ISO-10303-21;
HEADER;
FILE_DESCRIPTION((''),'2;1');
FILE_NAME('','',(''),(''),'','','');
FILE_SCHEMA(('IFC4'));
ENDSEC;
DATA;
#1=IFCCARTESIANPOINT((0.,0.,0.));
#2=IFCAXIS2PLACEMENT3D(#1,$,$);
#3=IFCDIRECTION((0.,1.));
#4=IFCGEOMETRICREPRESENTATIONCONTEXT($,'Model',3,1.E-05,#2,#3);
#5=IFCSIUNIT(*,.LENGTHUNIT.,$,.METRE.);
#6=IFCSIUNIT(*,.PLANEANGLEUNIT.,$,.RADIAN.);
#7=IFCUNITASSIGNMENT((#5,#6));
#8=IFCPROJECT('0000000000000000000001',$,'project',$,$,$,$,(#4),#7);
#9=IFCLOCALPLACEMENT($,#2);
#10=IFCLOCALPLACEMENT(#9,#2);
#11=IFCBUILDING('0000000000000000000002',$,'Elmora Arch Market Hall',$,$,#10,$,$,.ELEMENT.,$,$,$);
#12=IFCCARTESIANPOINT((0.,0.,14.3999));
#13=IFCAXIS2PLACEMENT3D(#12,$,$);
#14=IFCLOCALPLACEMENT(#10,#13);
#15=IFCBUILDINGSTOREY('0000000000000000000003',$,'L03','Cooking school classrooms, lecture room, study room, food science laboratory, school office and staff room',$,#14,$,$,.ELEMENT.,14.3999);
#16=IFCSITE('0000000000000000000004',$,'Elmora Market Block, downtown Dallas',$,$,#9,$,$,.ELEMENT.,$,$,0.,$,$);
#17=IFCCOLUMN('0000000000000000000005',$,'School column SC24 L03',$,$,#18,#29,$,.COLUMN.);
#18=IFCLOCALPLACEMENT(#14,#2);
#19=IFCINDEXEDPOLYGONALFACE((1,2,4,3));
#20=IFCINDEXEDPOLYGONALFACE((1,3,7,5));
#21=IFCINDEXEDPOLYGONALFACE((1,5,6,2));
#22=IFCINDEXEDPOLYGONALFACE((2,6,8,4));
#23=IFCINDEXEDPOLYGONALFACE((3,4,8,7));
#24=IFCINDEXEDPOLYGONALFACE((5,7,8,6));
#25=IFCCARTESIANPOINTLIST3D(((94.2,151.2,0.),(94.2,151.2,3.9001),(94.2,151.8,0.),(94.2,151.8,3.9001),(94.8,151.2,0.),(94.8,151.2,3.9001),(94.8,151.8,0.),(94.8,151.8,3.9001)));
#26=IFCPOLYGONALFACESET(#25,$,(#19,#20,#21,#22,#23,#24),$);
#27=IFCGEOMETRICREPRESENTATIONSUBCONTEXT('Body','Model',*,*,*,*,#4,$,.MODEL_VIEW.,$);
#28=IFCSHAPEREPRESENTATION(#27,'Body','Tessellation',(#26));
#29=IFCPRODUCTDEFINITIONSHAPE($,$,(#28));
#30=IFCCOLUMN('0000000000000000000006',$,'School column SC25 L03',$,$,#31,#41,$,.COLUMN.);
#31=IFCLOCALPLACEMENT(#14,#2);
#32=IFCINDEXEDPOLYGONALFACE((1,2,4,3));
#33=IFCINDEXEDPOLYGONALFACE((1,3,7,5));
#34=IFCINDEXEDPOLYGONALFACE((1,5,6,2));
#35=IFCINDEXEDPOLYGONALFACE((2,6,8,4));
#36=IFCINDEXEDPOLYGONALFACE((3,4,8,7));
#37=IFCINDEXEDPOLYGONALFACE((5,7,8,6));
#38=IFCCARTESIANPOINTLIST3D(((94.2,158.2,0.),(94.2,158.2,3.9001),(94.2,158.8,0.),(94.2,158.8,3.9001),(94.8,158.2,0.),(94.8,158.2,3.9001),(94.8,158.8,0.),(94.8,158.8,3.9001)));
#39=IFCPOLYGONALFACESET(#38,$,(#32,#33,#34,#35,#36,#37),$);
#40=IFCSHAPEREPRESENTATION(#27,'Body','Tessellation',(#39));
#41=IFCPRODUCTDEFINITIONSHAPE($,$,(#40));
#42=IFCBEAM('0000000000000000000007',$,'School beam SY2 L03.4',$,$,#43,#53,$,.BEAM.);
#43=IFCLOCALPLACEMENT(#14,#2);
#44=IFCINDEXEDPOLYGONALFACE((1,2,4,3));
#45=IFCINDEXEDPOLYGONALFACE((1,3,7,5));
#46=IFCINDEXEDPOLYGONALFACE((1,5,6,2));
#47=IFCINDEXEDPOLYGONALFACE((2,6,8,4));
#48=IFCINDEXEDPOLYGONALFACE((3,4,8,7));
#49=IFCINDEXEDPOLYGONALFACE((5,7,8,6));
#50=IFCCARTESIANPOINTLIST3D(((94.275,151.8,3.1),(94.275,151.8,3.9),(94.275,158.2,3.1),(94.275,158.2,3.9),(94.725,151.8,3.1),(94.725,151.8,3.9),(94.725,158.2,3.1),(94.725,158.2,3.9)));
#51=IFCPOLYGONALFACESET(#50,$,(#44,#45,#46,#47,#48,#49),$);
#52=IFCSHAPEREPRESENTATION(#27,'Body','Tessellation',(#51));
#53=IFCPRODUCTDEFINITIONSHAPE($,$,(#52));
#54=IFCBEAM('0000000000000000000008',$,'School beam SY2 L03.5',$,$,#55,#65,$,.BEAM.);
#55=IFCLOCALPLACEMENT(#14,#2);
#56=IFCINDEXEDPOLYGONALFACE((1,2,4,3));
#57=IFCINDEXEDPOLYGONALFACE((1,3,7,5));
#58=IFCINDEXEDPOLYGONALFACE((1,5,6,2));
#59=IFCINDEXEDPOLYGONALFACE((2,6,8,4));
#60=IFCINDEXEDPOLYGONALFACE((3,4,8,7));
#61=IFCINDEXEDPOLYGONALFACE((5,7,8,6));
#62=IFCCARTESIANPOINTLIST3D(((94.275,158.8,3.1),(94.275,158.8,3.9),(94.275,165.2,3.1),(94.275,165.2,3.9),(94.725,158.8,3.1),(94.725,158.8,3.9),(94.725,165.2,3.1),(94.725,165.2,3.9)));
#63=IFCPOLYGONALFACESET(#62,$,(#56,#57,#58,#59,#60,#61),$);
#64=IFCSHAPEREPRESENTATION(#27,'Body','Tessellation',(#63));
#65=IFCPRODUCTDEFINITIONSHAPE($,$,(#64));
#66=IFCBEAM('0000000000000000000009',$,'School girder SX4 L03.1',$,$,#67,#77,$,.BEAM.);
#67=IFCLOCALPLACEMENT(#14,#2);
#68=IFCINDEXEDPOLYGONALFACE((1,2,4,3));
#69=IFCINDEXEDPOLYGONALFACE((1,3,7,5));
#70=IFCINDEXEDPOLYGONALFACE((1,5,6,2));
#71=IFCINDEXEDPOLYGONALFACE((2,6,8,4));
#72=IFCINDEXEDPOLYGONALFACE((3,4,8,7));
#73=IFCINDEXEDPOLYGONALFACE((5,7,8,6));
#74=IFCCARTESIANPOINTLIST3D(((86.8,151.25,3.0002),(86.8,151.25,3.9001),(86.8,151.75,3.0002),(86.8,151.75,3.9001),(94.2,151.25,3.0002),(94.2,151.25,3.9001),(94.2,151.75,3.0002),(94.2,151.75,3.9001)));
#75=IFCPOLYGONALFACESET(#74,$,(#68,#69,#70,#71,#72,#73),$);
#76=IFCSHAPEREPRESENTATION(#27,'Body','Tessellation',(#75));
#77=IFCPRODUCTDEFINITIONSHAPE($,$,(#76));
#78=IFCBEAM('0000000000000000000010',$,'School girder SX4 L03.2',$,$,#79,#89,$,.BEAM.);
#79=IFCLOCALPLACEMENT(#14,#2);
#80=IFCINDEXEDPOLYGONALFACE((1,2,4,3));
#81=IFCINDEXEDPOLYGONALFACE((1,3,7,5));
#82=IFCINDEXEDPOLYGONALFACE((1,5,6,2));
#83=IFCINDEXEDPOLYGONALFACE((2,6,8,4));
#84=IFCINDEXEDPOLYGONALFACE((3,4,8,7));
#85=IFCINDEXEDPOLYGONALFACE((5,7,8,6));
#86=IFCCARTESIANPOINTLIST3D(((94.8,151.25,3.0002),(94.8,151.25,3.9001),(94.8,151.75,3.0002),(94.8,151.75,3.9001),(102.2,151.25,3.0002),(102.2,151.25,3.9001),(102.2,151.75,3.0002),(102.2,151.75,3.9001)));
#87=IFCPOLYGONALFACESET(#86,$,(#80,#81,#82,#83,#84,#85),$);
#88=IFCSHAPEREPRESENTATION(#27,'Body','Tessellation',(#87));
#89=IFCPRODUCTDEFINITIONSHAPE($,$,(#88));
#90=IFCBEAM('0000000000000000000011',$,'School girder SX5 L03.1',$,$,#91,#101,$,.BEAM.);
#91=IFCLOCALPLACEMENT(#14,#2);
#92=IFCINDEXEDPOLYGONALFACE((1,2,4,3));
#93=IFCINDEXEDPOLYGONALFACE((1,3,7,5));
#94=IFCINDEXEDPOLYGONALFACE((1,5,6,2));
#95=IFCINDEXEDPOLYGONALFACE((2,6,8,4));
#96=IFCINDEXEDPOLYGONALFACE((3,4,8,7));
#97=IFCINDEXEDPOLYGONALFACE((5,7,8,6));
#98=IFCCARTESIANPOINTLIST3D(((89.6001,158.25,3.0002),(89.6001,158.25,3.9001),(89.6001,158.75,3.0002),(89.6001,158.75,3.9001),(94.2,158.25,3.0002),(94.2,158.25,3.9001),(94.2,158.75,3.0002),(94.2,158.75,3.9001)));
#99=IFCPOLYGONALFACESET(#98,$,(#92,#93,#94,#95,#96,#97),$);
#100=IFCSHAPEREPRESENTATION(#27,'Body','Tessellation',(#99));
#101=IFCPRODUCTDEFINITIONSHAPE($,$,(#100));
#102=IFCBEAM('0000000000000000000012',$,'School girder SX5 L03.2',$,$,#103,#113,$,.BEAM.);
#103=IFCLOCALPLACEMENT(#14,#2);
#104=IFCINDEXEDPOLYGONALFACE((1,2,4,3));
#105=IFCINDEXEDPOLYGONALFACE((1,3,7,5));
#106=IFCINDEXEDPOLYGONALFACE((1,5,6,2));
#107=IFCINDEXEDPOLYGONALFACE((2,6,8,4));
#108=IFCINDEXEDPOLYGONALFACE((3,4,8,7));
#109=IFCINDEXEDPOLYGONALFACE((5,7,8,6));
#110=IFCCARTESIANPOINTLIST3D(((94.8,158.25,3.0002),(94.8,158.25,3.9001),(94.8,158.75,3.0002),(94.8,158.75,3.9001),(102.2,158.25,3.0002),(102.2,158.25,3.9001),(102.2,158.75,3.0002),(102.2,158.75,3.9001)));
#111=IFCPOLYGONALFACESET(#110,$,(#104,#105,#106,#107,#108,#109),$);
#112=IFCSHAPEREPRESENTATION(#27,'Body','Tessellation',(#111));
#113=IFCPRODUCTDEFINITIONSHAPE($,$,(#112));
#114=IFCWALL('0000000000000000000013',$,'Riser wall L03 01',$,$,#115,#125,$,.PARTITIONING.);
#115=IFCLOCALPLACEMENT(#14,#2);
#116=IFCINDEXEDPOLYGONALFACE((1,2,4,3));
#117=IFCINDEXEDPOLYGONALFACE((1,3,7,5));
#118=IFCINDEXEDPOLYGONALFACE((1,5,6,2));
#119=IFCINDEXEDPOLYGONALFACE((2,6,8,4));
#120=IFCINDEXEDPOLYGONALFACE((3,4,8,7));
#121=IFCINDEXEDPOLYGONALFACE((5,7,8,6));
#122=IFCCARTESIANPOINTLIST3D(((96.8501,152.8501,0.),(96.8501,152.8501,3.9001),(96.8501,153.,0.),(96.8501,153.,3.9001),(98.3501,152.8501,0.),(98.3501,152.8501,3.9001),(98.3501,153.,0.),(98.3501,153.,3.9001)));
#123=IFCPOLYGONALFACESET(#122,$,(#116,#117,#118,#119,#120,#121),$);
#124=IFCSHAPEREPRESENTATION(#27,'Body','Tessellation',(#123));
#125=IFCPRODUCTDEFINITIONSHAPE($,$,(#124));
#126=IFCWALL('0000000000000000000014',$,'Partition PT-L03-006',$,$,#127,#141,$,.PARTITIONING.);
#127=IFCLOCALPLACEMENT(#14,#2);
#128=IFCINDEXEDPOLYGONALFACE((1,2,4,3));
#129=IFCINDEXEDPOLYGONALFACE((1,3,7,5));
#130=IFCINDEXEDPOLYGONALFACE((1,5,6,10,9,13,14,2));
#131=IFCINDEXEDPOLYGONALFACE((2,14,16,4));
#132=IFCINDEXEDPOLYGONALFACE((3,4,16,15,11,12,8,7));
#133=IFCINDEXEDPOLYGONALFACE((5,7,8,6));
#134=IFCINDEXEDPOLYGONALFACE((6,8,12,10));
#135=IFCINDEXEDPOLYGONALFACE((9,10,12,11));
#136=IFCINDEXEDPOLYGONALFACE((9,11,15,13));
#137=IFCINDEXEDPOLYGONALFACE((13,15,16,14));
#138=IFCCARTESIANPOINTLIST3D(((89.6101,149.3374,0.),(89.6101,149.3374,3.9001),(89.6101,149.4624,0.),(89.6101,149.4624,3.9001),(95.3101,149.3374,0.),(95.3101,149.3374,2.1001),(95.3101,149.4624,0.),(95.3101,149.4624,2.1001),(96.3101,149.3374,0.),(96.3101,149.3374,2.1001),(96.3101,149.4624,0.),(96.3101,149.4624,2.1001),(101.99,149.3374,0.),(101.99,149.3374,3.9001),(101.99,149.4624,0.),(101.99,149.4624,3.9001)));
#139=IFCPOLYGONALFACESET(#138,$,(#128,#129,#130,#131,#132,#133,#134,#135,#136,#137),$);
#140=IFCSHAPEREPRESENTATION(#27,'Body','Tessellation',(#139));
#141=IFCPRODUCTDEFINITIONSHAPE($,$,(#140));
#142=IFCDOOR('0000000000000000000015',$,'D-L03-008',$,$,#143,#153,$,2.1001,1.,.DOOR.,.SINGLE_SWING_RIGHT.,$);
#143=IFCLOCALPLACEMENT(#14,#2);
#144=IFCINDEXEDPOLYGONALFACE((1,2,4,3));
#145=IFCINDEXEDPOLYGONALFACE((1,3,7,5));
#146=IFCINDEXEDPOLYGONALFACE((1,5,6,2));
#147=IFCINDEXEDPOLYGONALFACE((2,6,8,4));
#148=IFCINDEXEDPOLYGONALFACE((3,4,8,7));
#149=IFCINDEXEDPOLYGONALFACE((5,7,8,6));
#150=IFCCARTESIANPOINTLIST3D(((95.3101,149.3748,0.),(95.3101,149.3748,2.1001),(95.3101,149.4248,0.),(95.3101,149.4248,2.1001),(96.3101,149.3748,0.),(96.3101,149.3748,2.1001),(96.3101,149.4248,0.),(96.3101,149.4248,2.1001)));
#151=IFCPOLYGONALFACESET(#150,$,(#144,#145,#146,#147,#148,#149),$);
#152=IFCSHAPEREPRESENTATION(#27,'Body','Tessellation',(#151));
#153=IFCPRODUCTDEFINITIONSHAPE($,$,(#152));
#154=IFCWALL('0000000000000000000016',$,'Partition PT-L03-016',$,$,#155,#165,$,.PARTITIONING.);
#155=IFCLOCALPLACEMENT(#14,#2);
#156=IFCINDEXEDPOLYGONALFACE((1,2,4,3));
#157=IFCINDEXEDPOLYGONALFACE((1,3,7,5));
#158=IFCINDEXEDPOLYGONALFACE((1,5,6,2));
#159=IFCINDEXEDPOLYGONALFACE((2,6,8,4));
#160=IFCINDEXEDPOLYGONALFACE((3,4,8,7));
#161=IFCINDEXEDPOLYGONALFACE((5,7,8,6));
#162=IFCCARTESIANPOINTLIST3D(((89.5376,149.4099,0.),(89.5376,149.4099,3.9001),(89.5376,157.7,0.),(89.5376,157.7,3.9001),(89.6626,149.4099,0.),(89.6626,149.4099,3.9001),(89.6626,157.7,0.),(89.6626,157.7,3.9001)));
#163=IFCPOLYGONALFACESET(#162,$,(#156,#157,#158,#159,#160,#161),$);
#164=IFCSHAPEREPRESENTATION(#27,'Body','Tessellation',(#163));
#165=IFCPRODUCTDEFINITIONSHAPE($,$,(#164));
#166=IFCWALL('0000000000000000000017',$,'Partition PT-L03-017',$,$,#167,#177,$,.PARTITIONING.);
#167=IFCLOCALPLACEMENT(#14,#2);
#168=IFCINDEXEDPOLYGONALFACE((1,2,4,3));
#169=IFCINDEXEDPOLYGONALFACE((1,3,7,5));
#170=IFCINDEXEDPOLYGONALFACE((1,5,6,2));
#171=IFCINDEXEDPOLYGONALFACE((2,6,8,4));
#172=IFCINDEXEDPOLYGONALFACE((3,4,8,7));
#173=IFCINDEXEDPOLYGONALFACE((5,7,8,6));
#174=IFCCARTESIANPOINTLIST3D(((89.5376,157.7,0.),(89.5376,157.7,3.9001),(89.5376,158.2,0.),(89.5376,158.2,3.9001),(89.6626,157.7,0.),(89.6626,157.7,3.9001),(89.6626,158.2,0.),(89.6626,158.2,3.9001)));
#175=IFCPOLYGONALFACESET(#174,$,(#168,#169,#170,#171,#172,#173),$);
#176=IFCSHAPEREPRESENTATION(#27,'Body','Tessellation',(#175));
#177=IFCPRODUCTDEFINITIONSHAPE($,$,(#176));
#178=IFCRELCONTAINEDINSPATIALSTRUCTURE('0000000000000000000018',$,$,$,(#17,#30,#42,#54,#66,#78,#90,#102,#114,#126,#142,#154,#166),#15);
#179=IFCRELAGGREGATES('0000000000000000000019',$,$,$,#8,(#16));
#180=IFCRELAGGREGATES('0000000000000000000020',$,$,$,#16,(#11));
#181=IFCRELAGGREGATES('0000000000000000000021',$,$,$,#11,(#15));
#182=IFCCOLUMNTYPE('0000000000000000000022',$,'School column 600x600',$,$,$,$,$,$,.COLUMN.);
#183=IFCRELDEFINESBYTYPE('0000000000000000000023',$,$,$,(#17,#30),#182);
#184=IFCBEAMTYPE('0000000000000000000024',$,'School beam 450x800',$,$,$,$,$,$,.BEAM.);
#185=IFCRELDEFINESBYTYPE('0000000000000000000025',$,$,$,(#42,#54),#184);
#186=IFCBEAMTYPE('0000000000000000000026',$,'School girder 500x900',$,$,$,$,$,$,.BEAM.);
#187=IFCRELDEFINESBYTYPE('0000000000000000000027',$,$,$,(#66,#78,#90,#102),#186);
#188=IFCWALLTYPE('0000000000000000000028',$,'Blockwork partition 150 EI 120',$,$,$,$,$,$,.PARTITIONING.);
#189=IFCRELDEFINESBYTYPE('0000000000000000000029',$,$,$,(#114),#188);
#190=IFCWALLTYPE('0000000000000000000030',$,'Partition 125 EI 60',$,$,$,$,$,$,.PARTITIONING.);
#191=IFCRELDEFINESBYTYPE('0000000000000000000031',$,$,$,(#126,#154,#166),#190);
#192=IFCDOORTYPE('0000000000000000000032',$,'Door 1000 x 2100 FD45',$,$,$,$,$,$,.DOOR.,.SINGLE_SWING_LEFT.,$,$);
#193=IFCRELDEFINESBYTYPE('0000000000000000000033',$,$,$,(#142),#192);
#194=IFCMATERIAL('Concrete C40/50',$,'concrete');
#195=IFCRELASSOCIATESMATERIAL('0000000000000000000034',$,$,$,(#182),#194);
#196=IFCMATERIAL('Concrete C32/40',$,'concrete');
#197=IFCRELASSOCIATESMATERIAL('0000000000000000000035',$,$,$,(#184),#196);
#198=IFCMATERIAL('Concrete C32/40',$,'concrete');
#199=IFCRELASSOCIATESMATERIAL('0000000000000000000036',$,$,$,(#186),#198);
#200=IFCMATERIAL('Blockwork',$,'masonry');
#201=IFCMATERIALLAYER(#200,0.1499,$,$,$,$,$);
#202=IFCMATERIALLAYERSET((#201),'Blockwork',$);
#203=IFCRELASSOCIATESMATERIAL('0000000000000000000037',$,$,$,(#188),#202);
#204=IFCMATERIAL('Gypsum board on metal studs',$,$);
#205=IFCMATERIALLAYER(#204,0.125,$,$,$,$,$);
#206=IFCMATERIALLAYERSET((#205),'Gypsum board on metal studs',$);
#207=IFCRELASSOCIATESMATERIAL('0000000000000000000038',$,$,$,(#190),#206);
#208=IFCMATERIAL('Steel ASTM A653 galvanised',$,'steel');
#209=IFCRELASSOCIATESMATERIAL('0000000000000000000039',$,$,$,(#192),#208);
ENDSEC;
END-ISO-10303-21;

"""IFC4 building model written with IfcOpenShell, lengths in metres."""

from ifc_helpers import new_model, si_unit, direction, frame, frame_2d, origin, origin_2d, place, context, subcontext, project, spatial, rectangle, extrude, material, layer, layer_set, material_profile, profile_set, type_object, element, fill, save


model = new_model("IFC4")

# Units and contexts
model_context = context("Model", 3, precision=1e-05, world=origin(), true_north=direction((0.0, 1.0)))
body_context = subcontext(model_context, "Body", "Model", "MODEL_VIEW")
ifc_project = project(units=[si_unit("LENGTHUNIT", "METRE"), si_unit("PLANEANGLEUNIT", "RADIAN")], contexts=[model_context])

# Site, building, storey
site_placement = place(None, origin())
site = spatial("IfcSite", under=ifc_project, at=site_placement, Name="Elmora Market Block, downtown Dallas", CompositionType="ELEMENT", RefElevation=0.0)
building_placement = place(site_placement, origin())
building = spatial("IfcBuilding", under=site, at=building_placement, Name="Elmora Arch Market Hall", CompositionType="ELEMENT")
storey_placement = place(building_placement, frame((0.0, 0.0, 14.3999)))
storey = spatial("IfcBuildingStorey", under=building, at=storey_placement, Name="L03", Description="Cooking school classrooms, lecture room, study room, food science laboratory, school office and staff room", CompositionType="ELEMENT", Elevation=14.3999)

# Columns
ifc_material_1 = material(Name="Concrete C40/50", Category="concrete")
ifc_material_profile_1 = material_profile(ifc_material_1, rectangle(XDim=0.6001, YDim=0.6001, at=origin_2d()), Name="School column 600x600")
ifc_profile_set_1 = profile_set([ifc_material_profile_1], Name="Concrete C40/50")
column_type = type_object("IfcColumnType", Name="School column 600x600", PredefinedType="COLUMN", material=ifc_profile_set_1)
for number, where, z_axis, x_axis, name in (
    (1, (94.5, 151.5, 0.0), (0.0, 0.0, 1.0), (1.0, 0.0, 0.0), "School column SC24 L03"),
    (2, (94.5, 158.5, 0.0), (0.0, 0.0, 1.0), (1.0, 0.0, 0.0), "School column SC25 L03"),
):
    element("IfcColumn", number, at=place(storey_placement, frame(where, z_axis=z_axis, x_axis=x_axis)), inside=storey, type_object=column_type, Name=name, PredefinedType="COLUMN", context=body_context, shape_type="SweptSolid", body=[
        extrude(rectangle(XDim=0.6001, YDim=0.6001, at=origin_2d()), origin(), (0.0, 0.0, 1.0), 3.9001),
    ])

# Beams
ifc_material_2 = material(Name="Concrete C32/40", Category="concrete")
ifc_material_profile_2 = material_profile(ifc_material_2, rectangle(XDim=0.45, YDim=0.8, at=origin_2d()), Name="School beam 450x800")
ifc_profile_set_2 = profile_set([ifc_material_profile_2], Name="Concrete C32/40")
beam_type_1 = type_object("IfcBeamType", Name="School beam 450x800", PredefinedType="BEAM", material=ifc_profile_set_2)
for number, where, z_axis, x_axis, name in (
    (3, (94.5, 151.8, 3.5), (0.0, 1.0, 0.0), (-1.0, 0.0, 0.0), "School beam SY2 L03.4"),
    (4, (94.5, 158.8, 3.5), (0.0, 1.0, 0.0), (-1.0, 0.0, 0.0), "School beam SY2 L03.5"),
):
    element("IfcBeam", number, at=place(storey_placement, frame(where, z_axis=z_axis, x_axis=x_axis)), inside=storey, type_object=beam_type_1, Name=name, PredefinedType="BEAM", context=body_context, shape_type="SweptSolid", body=[
        extrude(rectangle(XDim=0.45, YDim=0.8, at=origin_2d()), origin(), (0.0, 0.0, 1.0), 6.3999),
    ])
ifc_material_3 = material(Name="Concrete C32/40", Category="concrete")
ifc_material_profile_3 = material_profile(ifc_material_3, rectangle(XDim=0.5, YDim=0.8999, at=origin_2d()), Name="School girder 500x900")
ifc_profile_set_3 = profile_set([ifc_material_profile_3], Name="Concrete C32/40")
beam_type_2 = type_object("IfcBeamType", Name="School girder 500x900", PredefinedType="BEAM", material=ifc_profile_set_3)
for number, where, z_axis, x_axis, name in (
    (5, (86.8, 151.5, 3.4502), (1.0, 0.0, 0.0), (0.0, 1.0, 0.0), "School girder SX4 L03.1"),
    (6, (94.8, 151.5, 3.4502), (1.0, 0.0, 0.0), (0.0, 1.0, 0.0), "School girder SX4 L03.2"),
):
    element("IfcBeam", number, at=place(storey_placement, frame(where, z_axis=z_axis, x_axis=x_axis)), inside=storey, type_object=beam_type_2, Name=name, PredefinedType="BEAM", context=body_context, shape_type="SweptSolid", body=[
        extrude(rectangle(XDim=0.5, YDim=0.8999, at=origin_2d()), origin(), (0.0, 0.0, 1.0), 7.3999),
    ])
beam_1_placement = place(storey_placement, frame((89.6001, 158.5, 3.4502), z_axis=(1.0, 0.0, 0.0), x_axis=(0.0, 1.0, 0.0)))
element("IfcBeam", 7, at=beam_1_placement, inside=storey, type_object=beam_type_2, Name="School girder SX5 L03.1", PredefinedType="BEAM", context=body_context, shape_type="SweptSolid", body=[
    extrude(rectangle(XDim=0.5, YDim=0.8999, at=origin_2d()), origin(), (0.0, 0.0, 1.0), 4.5999),
])
beam_2_placement = place(storey_placement, frame((94.8, 158.5, 3.4502), z_axis=(1.0, 0.0, 0.0), x_axis=(0.0, 1.0, 0.0)))
element("IfcBeam", 8, at=beam_2_placement, inside=storey, type_object=beam_type_2, Name="School girder SX5 L03.2", PredefinedType="BEAM", context=body_context, shape_type="SweptSolid", body=[
    extrude(rectangle(XDim=0.5, YDim=0.8999, at=origin_2d()), origin(), (0.0, 0.0, 1.0), 7.3999),
])

# Wall
ifc_material_4 = material(Name="Blockwork", Category="masonry")
ifc_layer_1 = layer(ifc_material_4, 0.1499)
ifc_layer_set_1 = layer_set([ifc_layer_1], Name="Blockwork")
wall_type_1 = type_object("IfcWallType", Name="Blockwork partition 150 EI 120", PredefinedType="PARTITIONING", material=ifc_layer_set_1)
wall_1_placement = place(storey_placement, frame((96.8501, 152.925, 0.0), z_axis=(0.0, 0.0, 1.0), x_axis=(1.0, 0.0, 0.0)))
element("IfcWall", 9, at=wall_1_placement, inside=storey, type_object=wall_type_1, Name="Riser wall L03 01", PredefinedType="PARTITIONING", context=body_context, shape_type="SweptSolid", body=[
    extrude(rectangle(XDim=1.5, YDim=0.1499, at=frame_2d((0.75, 0.0))), origin(), (0.0, 0.0, 1.0), 3.9001),
])

# Wall, opening, door
ifc_material_5 = material(Name="Gypsum board on metal studs")
ifc_layer_2 = layer(ifc_material_5, 0.125)
ifc_layer_set_2 = layer_set([ifc_layer_2], Name="Gypsum board on metal studs")
wall_type_2 = type_object("IfcWallType", Name="Partition 125 EI 60", PredefinedType="PARTITIONING", material=ifc_layer_set_2)
wall_2_placement = place(storey_placement, frame((89.6101, 149.3999, 0.0), z_axis=(0.0, 0.0, 1.0), x_axis=(1.0, 0.0, 0.0)))
wall_2 = element("IfcWall", 10, at=wall_2_placement, inside=storey, type_object=wall_type_2, Name="Partition PT-L03-006", PredefinedType="PARTITIONING", context=body_context, shape_type="SweptSolid", body=[
    extrude(rectangle(XDim=12.3799, YDim=0.125, at=frame_2d((6.1899, 0.0))), origin(), (0.0, 0.0, 1.0), 3.9001),
])
opening_1_placement = place(wall_2_placement, frame((5.7, 0.0, 0.0)))
opening_1 = element("IfcOpeningElement", 11, at=opening_1_placement, cuts=wall_2, PredefinedType="OPENING", context=body_context, shape_type="SweptSolid", body=[
    extrude(rectangle(XDim=1.0, YDim=2.1001, at=frame_2d((0.5, 1.05))), frame((0.0, 0.0725, 0.0), z_axis=(0.0, -1.0, 0.0), x_axis=(1.0, 0.0, 0.0)), (0.0, 0.0, 1.0), 0.145),
])
ifc_material_6 = material(Name="Steel ASTM A653 galvanised", Category="steel")
door_type = type_object("IfcDoorType", Name="Door 1000 x 2100 FD45", OperationType="SINGLE_SWING_LEFT", PredefinedType="DOOR", material=ifc_material_6)
door_1_placement = place(opening_1_placement, origin())
door_1 = element("IfcDoor", 12, at=door_1_placement, inside=storey, type_object=door_type, Name="D-L03-008", OperationType="SINGLE_SWING_RIGHT", OverallHeight=2.1001, OverallWidth=1.0, PredefinedType="DOOR", context=body_context, shape_type="SweptSolid", body=[
    extrude(rectangle(XDim=1.0, YDim=2.1001, at=frame_2d((0.5, 1.05))), frame((0.0, 0.0249, 0.0), z_axis=(0.0, -1.0, 0.0), x_axis=(1.0, 0.0, 0.0)), (0.0, 0.0, 1.0), 0.05),
])
fill(opening_1, door_1)

# Walls
wall_3_placement = place(storey_placement, frame((89.6001, 149.4099, 0.0), z_axis=(0.0, 0.0, 1.0), x_axis=(0.0, 1.0, 0.0)))
element("IfcWall", 13, at=wall_3_placement, inside=storey, type_object=wall_type_2, Name="Partition PT-L03-016", PredefinedType="PARTITIONING", context=body_context, shape_type="SweptSolid", body=[
    extrude(rectangle(XDim=8.29, YDim=0.125, at=frame_2d((4.145, 0.0))), origin(), (0.0, 0.0, 1.0), 3.9001),
])
wall_4_placement = place(storey_placement, frame((89.6001, 157.7, 0.0), z_axis=(0.0, 0.0, 1.0), x_axis=(0.0, 1.0, 0.0)))
element("IfcWall", 14, at=wall_4_placement, inside=storey, type_object=wall_type_2, Name="Partition PT-L03-017", PredefinedType="PARTITIONING", context=body_context, shape_type="SweptSolid", body=[
    extrude(rectangle(XDim=0.5, YDim=0.125, at=frame_2d((0.25, 0.0))), origin(), (0.0, 0.0, 1.0), 3.9001),
])

save(model, "model.ifc")
